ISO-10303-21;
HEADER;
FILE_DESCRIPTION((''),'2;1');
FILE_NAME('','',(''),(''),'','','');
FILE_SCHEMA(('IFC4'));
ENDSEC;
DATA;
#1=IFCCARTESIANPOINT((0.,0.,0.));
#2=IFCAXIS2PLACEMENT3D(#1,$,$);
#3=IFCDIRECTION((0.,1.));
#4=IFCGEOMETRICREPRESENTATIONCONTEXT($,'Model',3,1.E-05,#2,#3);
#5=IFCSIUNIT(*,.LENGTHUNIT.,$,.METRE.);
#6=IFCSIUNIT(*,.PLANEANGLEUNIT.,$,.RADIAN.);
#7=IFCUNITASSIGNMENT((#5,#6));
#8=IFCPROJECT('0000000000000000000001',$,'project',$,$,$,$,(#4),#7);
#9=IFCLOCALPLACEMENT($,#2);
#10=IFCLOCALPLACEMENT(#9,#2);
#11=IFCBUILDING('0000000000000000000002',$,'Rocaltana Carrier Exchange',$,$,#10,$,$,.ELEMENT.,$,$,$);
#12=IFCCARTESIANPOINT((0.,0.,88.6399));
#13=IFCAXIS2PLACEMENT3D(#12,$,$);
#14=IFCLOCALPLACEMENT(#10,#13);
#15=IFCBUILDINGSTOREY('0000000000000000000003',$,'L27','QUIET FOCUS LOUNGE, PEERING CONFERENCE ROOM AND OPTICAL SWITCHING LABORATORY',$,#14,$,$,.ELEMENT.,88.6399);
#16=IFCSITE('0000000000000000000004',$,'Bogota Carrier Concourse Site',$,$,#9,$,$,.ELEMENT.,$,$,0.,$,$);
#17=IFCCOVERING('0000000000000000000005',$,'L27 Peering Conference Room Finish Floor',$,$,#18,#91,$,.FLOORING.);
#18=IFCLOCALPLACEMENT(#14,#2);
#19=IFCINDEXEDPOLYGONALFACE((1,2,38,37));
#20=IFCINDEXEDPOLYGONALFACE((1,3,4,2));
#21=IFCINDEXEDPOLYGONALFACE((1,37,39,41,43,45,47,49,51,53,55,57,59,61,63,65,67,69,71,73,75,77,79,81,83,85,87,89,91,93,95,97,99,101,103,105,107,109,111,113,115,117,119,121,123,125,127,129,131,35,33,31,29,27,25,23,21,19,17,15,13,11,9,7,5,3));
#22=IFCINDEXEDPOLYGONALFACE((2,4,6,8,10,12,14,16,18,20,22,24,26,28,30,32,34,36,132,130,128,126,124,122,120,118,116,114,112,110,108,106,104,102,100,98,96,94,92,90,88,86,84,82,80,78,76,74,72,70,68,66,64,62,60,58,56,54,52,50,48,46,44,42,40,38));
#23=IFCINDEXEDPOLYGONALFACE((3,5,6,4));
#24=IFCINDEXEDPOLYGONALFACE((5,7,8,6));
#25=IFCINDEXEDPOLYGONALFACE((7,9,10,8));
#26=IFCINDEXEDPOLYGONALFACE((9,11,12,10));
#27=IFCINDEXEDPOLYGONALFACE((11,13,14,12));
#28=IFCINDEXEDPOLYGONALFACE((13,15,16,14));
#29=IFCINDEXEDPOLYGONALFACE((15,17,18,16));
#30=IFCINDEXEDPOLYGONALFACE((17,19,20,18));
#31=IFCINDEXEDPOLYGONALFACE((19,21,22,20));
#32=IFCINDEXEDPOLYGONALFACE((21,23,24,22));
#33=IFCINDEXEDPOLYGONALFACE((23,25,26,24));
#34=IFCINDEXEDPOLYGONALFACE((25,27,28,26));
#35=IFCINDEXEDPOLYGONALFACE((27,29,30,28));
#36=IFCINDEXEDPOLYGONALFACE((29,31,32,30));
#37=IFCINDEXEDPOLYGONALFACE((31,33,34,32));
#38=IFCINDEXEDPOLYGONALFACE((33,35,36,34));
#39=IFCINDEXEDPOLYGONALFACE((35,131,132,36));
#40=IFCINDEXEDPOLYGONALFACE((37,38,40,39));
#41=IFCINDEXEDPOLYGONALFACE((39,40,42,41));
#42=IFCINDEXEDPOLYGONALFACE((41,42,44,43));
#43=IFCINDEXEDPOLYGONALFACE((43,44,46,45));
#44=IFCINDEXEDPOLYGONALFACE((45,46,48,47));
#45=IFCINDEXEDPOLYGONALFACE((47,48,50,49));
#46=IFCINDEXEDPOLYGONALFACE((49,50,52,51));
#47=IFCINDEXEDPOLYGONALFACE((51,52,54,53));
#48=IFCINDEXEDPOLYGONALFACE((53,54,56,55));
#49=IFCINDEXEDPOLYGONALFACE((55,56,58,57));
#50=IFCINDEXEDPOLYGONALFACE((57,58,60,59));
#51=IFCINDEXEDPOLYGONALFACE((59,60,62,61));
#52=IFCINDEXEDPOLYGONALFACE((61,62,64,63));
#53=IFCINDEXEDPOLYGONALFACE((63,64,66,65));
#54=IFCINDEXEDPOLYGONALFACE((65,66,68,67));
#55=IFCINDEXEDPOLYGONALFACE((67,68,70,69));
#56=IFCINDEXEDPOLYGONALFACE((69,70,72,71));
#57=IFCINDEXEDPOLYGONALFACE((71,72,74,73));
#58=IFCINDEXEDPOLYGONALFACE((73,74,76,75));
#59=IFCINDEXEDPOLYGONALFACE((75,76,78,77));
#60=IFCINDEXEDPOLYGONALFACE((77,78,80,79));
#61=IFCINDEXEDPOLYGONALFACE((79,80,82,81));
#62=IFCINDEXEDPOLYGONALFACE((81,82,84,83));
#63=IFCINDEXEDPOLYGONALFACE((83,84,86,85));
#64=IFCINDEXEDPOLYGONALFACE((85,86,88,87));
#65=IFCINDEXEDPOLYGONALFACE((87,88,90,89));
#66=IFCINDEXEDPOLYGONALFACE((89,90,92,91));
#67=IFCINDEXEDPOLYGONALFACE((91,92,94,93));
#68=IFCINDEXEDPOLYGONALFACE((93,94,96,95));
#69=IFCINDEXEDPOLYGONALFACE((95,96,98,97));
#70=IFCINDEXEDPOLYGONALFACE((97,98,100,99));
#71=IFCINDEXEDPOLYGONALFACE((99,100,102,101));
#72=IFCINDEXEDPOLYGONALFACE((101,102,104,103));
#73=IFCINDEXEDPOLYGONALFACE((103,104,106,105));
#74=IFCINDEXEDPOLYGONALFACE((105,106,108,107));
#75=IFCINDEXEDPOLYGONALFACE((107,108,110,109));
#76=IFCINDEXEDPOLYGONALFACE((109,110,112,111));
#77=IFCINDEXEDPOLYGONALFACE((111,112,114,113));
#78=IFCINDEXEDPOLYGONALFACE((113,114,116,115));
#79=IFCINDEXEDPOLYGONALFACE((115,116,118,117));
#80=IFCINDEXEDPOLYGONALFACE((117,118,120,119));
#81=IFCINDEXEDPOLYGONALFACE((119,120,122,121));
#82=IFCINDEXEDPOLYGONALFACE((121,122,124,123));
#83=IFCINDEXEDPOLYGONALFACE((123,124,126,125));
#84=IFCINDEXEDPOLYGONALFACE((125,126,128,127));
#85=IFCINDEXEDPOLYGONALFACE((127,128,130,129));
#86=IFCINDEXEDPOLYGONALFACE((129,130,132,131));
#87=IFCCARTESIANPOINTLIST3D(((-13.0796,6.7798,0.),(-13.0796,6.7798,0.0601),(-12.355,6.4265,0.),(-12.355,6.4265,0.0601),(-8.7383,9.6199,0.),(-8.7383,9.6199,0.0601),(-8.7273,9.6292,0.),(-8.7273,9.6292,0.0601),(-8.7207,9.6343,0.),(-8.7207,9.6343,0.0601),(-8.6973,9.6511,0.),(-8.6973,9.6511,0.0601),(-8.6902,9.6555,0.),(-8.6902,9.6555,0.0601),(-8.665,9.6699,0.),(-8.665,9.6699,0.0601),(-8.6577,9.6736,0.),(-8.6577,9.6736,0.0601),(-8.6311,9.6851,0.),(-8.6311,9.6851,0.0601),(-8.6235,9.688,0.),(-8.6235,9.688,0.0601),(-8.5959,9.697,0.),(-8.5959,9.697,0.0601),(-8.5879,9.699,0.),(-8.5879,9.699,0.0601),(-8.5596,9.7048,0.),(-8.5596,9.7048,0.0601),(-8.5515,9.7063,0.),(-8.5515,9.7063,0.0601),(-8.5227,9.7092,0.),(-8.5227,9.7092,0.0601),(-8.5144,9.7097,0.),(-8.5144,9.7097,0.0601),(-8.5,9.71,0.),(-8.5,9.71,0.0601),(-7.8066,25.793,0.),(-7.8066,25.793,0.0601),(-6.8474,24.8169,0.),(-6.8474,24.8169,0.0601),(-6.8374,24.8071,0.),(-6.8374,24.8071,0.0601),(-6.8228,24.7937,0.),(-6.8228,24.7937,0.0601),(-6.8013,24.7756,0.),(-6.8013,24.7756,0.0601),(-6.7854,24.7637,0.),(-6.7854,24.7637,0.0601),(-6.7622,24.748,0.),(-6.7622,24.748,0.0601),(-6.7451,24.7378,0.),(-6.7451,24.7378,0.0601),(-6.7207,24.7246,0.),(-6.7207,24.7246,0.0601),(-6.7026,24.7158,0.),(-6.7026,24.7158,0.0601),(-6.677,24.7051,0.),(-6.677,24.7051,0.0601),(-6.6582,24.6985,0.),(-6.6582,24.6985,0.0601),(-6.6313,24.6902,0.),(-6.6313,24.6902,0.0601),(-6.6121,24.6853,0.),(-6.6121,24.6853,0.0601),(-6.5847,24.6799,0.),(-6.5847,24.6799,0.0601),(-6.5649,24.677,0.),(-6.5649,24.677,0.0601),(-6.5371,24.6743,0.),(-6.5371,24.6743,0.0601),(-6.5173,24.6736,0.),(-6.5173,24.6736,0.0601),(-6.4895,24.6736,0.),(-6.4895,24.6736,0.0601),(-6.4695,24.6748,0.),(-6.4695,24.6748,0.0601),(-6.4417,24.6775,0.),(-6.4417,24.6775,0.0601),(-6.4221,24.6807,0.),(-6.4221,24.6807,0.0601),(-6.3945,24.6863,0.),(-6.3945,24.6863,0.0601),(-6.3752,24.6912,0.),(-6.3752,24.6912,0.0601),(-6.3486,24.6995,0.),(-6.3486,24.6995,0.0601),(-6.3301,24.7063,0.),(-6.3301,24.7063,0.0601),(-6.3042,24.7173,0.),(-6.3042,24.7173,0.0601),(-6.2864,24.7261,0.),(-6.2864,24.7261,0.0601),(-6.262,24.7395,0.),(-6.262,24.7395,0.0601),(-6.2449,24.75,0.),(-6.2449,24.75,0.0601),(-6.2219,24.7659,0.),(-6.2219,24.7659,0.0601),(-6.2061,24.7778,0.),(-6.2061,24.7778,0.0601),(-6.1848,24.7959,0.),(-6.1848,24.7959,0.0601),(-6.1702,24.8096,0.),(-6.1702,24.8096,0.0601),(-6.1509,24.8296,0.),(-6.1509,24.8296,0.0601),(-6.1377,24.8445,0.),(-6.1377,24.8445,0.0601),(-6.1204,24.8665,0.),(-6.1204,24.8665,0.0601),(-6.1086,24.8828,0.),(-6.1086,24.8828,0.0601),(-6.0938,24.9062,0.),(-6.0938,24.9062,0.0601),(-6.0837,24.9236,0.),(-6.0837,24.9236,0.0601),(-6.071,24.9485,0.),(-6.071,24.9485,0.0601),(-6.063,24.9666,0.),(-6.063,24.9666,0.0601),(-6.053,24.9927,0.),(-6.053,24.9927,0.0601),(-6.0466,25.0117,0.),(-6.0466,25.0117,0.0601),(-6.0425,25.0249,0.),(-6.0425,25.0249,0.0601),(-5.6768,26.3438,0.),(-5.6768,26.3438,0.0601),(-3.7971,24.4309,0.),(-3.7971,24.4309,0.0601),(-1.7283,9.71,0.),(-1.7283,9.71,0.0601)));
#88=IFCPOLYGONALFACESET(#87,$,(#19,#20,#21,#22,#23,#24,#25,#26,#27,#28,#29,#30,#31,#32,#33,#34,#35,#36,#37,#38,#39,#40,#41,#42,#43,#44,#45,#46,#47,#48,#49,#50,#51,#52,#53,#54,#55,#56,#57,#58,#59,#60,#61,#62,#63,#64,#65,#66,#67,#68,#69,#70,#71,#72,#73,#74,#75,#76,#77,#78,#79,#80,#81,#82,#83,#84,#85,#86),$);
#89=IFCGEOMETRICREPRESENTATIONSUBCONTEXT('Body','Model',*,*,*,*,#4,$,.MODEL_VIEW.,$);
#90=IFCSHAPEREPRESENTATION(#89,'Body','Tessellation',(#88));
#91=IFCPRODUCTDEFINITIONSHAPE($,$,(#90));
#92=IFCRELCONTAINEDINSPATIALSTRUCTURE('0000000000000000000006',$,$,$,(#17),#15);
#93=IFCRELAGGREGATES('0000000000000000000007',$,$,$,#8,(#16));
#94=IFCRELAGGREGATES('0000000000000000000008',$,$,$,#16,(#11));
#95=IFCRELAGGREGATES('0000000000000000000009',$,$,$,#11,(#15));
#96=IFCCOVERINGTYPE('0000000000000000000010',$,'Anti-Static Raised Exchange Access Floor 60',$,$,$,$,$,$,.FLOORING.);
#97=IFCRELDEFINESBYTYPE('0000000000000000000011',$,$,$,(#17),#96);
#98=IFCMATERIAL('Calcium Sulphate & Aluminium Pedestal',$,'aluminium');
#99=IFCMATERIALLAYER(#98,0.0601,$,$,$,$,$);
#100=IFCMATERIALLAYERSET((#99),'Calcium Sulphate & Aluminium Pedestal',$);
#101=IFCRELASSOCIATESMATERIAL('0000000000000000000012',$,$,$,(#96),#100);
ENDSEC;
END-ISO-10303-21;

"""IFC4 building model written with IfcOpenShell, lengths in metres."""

from ifc_helpers import new_model, si_unit, direction, frame, origin, place, context, subcontext, project, spatial, polyline, outline, extrude, material, layer, layer_set, type_object, element, save


model = new_model("IFC4")

# Units and contexts
model_context = context("Model", 3, precision=1e-05, world=origin(), true_north=direction((0.0, 1.0)))
body_context = subcontext(model_context, "Body", "Model", "MODEL_VIEW")
ifc_project = project(units=[si_unit("LENGTHUNIT", "METRE"), si_unit("PLANEANGLEUNIT", "RADIAN")], contexts=[model_context])

# Site, building, storey
site_placement = place(None, origin())
site = spatial("IfcSite", under=ifc_project, at=site_placement, Name="Bogota Carrier Concourse Site", CompositionType="ELEMENT", RefElevation=0.0)
building_placement = place(site_placement, origin())
building = spatial("IfcBuilding", under=site, at=building_placement, Name="Rocaltana Carrier Exchange", CompositionType="ELEMENT")
storey_placement = place(building_placement, frame((0.0, 0.0, 88.6399)))
storey = spatial("IfcBuildingStorey", under=building, at=storey_placement, Name="L27", Description="QUIET FOCUS LOUNGE, PEERING CONFERENCE ROOM AND OPTICAL SWITCHING LABORATORY", CompositionType="ELEMENT", Elevation=88.6399)

# Covering
ifc_material_1 = material(Name="Calcium Sulphate & Aluminium Pedestal", Category="aluminium")
ifc_layer_1 = layer(ifc_material_1, 0.0601)
ifc_layer_set_1 = layer_set([ifc_layer_1], Name="Calcium Sulphate & Aluminium Pedestal")
covering_type_1 = type_object("IfcCoveringType", Name="Anti-Static Raised Exchange Access Floor 60", PredefinedType="FLOORING", material=ifc_layer_set_1)
covering_1_placement = place(storey_placement, origin())
element("IfcCovering", 1, at=covering_1_placement, inside=storey, type_object=covering_type_1, Name="L27 Peering Conference Room Finish Floor", PredefinedType="FLOORING", context=body_context, shape_type="SweptSolid", body=[
    extrude(outline(polyline([(-7.8066, 25.793), (-6.8474, 24.8169), (-6.8374, 24.8071), (-6.8228, 24.7937), (-6.8013, 24.7756), (-6.7854, 24.7637), (-6.7622, 24.748), (-6.7451, 24.7378), (-6.7207, 24.7246), (-6.7026, 24.7158), (-6.677, 24.7051), (-6.6582, 24.6985), (-6.6313, 24.6902), (-6.6121, 24.6853), (-6.5847, 24.6799), (-6.5649, 24.677), (-6.5371, 24.6743), (-6.5173, 24.6736), (-6.4895, 24.6736), (-6.4695, 24.6748), (-6.4417, 24.6775), (-6.4221, 24.6807), (-6.3945, 24.6863), (-6.3752, 24.6912), (-6.3486, 24.6995), (-6.3301, 24.7063), (-6.3042, 24.7173), (-6.2864, 24.7261), (-6.262, 24.7395), (-6.2449, 24.75), (-6.2219, 24.7659), (-6.2061, 24.7778), (-6.1848, 24.7959), (-6.1702, 24.8096), (-6.1509, 24.8296), (-6.1377, 24.8445), (-6.1204, 24.8665), (-6.1086, 24.8828), (-6.0938, 24.9062), (-6.0837, 24.9236), (-6.071, 24.9485), (-6.063, 24.9666), (-6.053, 24.9927), (-6.0466, 25.0117), (-6.0425, 25.0249), (-5.6768, 26.3438), (-3.7971, 24.4309), (-1.7283, 9.71), (-8.5, 9.71), (-8.5144, 9.7097), (-8.5227, 9.7092), (-8.5515, 9.7063), (-8.5596, 9.7048), (-8.5879, 9.699), (-8.5959, 9.697), (-8.6235, 9.688), (-8.6311, 9.6851), (-8.6577, 9.6736), (-8.665, 9.6699), (-8.6902, 9.6555), (-8.6973, 9.6511), (-8.7207, 9.6343), (-8.7273, 9.6292), (-8.7383, 9.6199), (-12.355, 6.4265), (-13.0796, 6.7798), (-7.8066, 25.793)])), origin(), (0.0, 0.0, 1.0), 0.0601),
])

save(model, "model.ifc")
